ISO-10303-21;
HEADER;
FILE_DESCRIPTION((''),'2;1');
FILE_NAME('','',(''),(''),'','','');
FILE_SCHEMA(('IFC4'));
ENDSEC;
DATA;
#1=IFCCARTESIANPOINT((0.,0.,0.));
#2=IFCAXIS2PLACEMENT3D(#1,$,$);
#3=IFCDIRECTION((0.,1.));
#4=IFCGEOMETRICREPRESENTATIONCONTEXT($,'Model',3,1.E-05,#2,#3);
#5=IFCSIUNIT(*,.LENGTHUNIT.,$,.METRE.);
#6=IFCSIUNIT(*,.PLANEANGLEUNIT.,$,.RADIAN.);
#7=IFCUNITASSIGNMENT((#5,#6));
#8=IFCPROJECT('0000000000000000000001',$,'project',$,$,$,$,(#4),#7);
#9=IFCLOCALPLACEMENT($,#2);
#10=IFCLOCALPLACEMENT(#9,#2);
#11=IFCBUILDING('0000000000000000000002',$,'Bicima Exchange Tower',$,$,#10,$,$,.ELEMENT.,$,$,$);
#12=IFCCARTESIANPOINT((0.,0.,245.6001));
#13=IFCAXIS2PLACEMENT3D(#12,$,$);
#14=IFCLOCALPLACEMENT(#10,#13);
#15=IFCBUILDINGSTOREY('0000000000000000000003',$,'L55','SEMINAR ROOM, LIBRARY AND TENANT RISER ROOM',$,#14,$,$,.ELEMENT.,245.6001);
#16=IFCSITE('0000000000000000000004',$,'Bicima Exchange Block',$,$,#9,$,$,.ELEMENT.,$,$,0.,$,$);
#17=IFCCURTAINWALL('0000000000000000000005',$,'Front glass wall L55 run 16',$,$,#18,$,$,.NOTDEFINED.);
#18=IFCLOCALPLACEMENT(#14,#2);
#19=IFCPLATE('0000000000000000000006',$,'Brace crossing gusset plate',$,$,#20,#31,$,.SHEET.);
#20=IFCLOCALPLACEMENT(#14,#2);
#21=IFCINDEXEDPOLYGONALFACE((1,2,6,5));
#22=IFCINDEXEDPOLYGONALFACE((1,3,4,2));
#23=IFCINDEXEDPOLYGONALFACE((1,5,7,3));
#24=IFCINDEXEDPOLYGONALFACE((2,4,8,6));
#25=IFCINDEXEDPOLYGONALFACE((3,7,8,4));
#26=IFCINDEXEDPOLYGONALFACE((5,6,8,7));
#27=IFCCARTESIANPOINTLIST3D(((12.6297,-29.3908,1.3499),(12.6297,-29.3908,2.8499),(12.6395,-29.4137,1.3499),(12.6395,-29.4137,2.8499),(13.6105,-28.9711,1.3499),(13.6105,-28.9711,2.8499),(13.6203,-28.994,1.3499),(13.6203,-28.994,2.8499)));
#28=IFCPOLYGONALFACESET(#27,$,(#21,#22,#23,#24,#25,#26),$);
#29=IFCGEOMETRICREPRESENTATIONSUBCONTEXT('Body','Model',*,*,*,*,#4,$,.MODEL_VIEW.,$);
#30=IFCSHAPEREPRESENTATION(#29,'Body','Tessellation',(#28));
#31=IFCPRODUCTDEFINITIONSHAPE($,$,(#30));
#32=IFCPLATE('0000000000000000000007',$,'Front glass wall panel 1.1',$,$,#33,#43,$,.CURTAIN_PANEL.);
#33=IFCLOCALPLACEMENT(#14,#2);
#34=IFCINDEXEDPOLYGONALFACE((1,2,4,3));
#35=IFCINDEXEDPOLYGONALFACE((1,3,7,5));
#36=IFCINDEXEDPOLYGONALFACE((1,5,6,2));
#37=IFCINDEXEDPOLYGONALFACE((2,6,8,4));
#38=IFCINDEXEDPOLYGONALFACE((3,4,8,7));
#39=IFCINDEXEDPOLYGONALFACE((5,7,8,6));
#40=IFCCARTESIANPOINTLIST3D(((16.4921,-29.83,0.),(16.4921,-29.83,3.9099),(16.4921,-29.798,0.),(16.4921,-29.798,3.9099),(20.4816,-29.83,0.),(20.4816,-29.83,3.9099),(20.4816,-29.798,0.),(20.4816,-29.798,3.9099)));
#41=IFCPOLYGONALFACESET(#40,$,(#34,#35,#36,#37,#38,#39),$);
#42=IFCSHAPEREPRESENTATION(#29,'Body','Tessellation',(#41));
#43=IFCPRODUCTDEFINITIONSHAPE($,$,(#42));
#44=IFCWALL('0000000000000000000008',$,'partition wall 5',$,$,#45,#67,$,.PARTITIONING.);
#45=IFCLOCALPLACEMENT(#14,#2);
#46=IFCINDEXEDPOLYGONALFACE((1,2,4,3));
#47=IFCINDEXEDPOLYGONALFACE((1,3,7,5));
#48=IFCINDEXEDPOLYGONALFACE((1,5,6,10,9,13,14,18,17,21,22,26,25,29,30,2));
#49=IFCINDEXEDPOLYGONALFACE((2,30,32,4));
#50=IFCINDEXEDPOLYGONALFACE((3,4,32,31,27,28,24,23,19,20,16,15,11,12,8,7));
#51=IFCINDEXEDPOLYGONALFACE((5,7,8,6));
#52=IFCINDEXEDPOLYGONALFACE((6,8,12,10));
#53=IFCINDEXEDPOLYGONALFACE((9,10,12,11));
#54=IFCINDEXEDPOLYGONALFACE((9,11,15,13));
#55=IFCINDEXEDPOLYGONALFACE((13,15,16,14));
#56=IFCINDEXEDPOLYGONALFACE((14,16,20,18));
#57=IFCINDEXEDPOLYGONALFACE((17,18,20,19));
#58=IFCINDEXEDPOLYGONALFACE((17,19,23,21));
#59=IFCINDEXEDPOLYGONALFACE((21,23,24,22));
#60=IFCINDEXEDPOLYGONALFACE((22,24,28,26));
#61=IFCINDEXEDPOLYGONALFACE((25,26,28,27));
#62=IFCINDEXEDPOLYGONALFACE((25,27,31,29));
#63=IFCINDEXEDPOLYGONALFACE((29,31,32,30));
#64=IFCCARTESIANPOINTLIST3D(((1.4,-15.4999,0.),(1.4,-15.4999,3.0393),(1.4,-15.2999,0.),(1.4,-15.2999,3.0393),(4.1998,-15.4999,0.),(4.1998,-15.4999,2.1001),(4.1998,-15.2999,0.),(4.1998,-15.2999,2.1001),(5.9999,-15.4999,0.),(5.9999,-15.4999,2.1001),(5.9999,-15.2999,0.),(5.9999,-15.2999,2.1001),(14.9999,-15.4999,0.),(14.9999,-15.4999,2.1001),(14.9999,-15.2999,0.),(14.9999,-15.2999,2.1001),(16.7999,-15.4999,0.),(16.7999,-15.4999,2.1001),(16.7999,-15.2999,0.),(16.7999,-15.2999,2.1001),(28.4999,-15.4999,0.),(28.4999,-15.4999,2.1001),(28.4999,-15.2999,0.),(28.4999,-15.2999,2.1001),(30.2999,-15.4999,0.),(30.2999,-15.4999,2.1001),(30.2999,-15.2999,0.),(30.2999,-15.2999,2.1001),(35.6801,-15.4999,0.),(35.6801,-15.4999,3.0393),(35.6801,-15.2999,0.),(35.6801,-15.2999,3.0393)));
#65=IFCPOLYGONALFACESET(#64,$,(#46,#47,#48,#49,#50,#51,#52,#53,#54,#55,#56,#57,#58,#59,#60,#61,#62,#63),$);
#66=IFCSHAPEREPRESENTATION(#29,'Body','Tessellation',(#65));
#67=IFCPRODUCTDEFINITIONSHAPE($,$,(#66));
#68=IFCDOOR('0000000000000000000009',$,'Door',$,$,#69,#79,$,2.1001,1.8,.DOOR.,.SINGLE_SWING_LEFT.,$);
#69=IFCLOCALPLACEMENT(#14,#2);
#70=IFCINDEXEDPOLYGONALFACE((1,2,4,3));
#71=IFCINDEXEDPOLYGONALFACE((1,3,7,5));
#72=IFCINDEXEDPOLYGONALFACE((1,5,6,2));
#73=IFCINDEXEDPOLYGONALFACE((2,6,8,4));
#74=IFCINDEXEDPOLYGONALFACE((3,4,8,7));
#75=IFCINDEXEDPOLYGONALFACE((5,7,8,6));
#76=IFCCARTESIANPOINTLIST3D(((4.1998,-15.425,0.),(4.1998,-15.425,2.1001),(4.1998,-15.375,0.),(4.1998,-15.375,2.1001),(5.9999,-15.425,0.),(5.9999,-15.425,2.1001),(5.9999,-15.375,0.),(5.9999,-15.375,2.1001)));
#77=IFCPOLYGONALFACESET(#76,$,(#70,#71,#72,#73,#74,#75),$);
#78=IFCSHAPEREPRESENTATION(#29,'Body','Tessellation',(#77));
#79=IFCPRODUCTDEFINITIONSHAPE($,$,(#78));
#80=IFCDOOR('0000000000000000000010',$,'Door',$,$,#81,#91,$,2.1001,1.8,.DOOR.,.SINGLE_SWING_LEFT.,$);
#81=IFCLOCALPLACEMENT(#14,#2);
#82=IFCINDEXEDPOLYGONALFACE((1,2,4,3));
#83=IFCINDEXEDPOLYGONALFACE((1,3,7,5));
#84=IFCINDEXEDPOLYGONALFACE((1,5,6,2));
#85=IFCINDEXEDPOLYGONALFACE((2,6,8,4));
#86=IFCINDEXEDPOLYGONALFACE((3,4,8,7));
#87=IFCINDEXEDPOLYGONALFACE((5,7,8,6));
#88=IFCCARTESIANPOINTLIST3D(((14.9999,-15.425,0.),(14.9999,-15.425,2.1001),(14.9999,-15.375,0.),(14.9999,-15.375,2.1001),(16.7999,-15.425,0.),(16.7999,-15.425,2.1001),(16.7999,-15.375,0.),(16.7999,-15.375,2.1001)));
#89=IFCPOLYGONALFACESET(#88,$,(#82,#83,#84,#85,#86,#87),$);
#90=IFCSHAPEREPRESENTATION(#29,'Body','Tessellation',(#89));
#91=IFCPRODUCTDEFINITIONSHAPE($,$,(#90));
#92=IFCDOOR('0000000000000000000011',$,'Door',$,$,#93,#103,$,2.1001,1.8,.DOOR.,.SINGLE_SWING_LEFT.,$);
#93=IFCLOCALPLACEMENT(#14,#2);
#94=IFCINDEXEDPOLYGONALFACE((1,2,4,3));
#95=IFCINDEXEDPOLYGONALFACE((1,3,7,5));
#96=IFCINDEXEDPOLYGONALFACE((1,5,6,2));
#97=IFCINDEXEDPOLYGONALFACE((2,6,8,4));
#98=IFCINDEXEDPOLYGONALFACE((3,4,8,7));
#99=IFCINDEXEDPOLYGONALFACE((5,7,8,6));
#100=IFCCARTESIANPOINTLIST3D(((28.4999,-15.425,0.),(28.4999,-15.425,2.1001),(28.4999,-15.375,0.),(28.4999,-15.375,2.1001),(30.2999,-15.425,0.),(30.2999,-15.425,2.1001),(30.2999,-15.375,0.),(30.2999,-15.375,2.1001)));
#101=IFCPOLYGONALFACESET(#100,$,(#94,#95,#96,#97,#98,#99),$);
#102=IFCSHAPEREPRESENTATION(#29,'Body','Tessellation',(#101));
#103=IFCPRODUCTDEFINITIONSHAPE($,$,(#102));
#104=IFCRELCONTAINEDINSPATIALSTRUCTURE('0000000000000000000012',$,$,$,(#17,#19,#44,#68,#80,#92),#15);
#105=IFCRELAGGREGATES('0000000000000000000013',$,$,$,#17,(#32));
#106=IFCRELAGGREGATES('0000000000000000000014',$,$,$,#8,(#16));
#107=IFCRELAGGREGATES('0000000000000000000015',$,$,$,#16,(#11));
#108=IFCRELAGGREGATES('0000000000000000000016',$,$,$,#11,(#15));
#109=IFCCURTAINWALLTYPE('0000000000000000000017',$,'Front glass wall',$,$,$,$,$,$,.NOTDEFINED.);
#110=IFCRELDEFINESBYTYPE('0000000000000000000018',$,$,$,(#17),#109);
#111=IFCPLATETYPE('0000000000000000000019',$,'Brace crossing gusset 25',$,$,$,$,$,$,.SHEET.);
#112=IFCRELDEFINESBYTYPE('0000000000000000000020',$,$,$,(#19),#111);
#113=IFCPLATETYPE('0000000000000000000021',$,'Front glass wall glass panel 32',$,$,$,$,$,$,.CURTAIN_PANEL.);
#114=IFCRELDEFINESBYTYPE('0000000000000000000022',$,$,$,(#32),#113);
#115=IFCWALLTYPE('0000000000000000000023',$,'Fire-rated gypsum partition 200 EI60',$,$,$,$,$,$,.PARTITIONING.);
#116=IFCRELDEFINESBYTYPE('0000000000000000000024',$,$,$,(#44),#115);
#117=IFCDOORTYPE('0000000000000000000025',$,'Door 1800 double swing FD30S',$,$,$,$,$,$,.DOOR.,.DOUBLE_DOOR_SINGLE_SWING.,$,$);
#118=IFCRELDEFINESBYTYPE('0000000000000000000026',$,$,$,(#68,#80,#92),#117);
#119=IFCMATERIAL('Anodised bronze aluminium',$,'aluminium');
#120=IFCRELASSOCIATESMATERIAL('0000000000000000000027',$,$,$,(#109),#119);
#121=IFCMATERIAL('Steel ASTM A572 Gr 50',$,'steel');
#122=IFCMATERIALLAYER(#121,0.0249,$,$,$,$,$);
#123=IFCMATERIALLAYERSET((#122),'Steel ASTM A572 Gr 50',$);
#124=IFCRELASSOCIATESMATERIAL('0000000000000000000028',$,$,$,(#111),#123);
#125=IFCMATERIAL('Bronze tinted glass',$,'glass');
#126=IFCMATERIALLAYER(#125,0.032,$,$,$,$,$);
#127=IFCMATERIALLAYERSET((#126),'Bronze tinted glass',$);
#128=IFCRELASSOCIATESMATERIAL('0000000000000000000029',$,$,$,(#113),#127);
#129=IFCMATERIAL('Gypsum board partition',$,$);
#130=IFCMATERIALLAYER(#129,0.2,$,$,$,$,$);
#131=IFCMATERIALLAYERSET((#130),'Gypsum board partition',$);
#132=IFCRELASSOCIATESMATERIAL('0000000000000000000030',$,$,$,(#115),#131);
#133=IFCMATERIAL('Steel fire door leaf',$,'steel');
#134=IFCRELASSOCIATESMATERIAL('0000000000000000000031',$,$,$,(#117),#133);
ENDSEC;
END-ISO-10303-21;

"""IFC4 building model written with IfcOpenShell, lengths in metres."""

from ifc_helpers import new_model, si_unit, direction, frame, frame_2d, origin, origin_2d, place, context, subcontext, project, spatial, rectangle, extrude, material, layer, layer_set, type_object, element, fill, aggregate, save


model = new_model("IFC4")

# Units and contexts
model_context = context("Model", 3, precision=1e-05, world=origin(), true_north=direction((0.0, 1.0)))
body_context = subcontext(model_context, "Body", "Model", "MODEL_VIEW")
ifc_project = project(units=[si_unit("LENGTHUNIT", "METRE"), si_unit("PLANEANGLEUNIT", "RADIAN")], contexts=[model_context])

# Site, building, storey
site_placement = place(None, origin())
site = spatial("IfcSite", under=ifc_project, at=site_placement, Name="Bicima Exchange Block", CompositionType="ELEMENT", RefElevation=0.0)
building_placement = place(site_placement, origin())
building = spatial("IfcBuilding", under=site, at=building_placement, Name="Bicima Exchange Tower", CompositionType="ELEMENT")
storey_placement = place(building_placement, frame((0.0, 0.0, 245.6001)))
storey = spatial("IfcBuildingStorey", under=building, at=storey_placement, Name="L55", Description="SEMINAR ROOM, LIBRARY AND TENANT RISER ROOM", CompositionType="ELEMENT", Elevation=245.6001)

# Shared definitions
ifc_material_1 = material(Name="Anodised bronze aluminium", Category="aluminium")
curtain_wall_type = type_object("IfcCurtainWallType", Name="Front glass wall", PredefinedType="NOTDEFINED", material=ifc_material_1)

# Curtain wall
curtain_wall_1_placement = place(storey_placement, origin())
curtain_wall_1 = element("IfcCurtainWall", 1, at=curtain_wall_1_placement, inside=storey, type_object=curtain_wall_type, Name="Front glass wall L55 run 16", PredefinedType="NOTDEFINED")

# Shared definitions
ifc_material_2 = material(Name="Steel ASTM A572 Gr 50", Category="steel")

# Plates
ifc_layer_1 = layer(ifc_material_2, 0.0249)
ifc_layer_set_1 = layer_set([ifc_layer_1], Name="Steel ASTM A572 Gr 50")
plate_type_1 = type_object("IfcPlateType", Name="Brace crossing gusset 25", PredefinedType="SHEET", material=ifc_layer_set_1)
plate_1_placement = place(storey_placement, frame((13.125, -29.1924, 1.3499), z_axis=(0.0, 0.0, 1.0), x_axis=(0.919355, 0.393429, 0.0)))
element("IfcPlate", 2, at=plate_1_placement, inside=storey, type_object=plate_type_1, Name="Brace crossing gusset plate", PredefinedType="SHEET", context=body_context, shape_type="SweptSolid", body=[
    extrude(rectangle(XDim=1.0669, YDim=0.0249, at=origin_2d()), origin(), (0.0, 0.0, 1.0), 1.5),
])
ifc_material_3 = material(Name="Bronze tinted glass", Category="glass")
ifc_layer_2 = layer(ifc_material_3, 0.032)
ifc_layer_set_2 = layer_set([ifc_layer_2], Name="Bronze tinted glass")
plate_type_2 = type_object("IfcPlateType", Name="Front glass wall glass panel 32", PredefinedType="CURTAIN_PANEL", material=ifc_layer_set_2)
plate_2_placement = place(storey_placement, frame((18.4868, -29.814, 0.0), z_axis=(0.0, 0.0, 1.0), x_axis=(1.0, 0.0, 0.0)))
plate_2 = element("IfcPlate", 3, at=plate_2_placement, type_object=plate_type_2, Name="Front glass wall panel 1.1", PredefinedType="CURTAIN_PANEL", context=body_context, shape_type="SweptSolid", body=[
    extrude(rectangle(XDim=3.9895, YDim=0.032, at=origin_2d()), origin(), (0.0, 0.0, 1.0), 3.9099),
])
aggregate(curtain_wall_1, [plate_2])

# Wall, openings, doors
ifc_material_4 = material(Name="Gypsum board partition")
ifc_layer_3 = layer(ifc_material_4, 0.2)
ifc_layer_set_3 = layer_set([ifc_layer_3], Name="Gypsum board partition")
wall_type = type_object("IfcWallType", Name="Fire-rated gypsum partition 200 EI60", PredefinedType="PARTITIONING", material=ifc_layer_set_3)
wall_placement = place(storey_placement, frame((1.3999, -15.3999, 0.0), z_axis=(0.0, 0.0, 1.0), x_axis=(1.0, 0.0, 0.0)))
wall = element("IfcWall", 4, at=wall_placement, inside=storey, type_object=wall_type, Name="partition wall 5", PredefinedType="PARTITIONING", context=body_context, shape_type="SweptSolid", body=[
    extrude(rectangle(XDim=34.28, YDim=0.2, at=frame_2d((17.1401, 0.0))), origin(), (0.0, 0.0, 1.0), 3.0393),
])
opening_1_placement = place(wall_placement, frame((2.8, 0.0, 0.0)))
opening_1 = element("IfcOpeningElement", 5, at=opening_1_placement, cuts=wall, PredefinedType="OPENING", context=body_context, shape_type="SweptSolid", body=[
    extrude(rectangle(XDim=1.8, YDim=2.1001, at=frame_2d((0.8999, 1.05))), frame((0.0, 0.1118, 0.0), z_axis=(0.0, -1.0, 0.0), x_axis=(1.0, 0.0, 0.0)), (0.0, 0.0, 1.0), 0.2239),
])
opening_2_placement = place(wall_placement, frame((13.6001, 0.0, 0.0)))
opening_2 = element("IfcOpeningElement", 6, at=opening_2_placement, cuts=wall, PredefinedType="OPENING", context=body_context, shape_type="SweptSolid", body=[
    extrude(rectangle(XDim=1.8, YDim=2.1001, at=frame_2d((0.8999, 1.05))), frame((0.0, 0.1118, 0.0), z_axis=(0.0, -1.0, 0.0), x_axis=(1.0, 0.0, 0.0)), (0.0, 0.0, 1.0), 0.2239),
])
opening_3_placement = place(wall_placement, frame((27.1001, 0.0, 0.0)))
opening_3 = element("IfcOpeningElement", 7, at=opening_3_placement, cuts=wall, PredefinedType="OPENING", context=body_context, shape_type="SweptSolid", body=[
    extrude(rectangle(XDim=1.8, YDim=2.1001, at=frame_2d((0.8999, 1.05))), frame((0.0, 0.1118, 0.0), z_axis=(0.0, -1.0, 0.0), x_axis=(1.0, 0.0, 0.0)), (0.0, 0.0, 1.0), 0.2239),
])
ifc_material_5 = material(Name="Steel fire door leaf", Category="steel")
door_type = type_object("IfcDoorType", Name="Door 1800 double swing FD30S", OperationType="DOUBLE_DOOR_SINGLE_SWING", PredefinedType="DOOR", material=ifc_material_5)
door_1_placement = place(opening_1_placement, origin())
door_1 = element("IfcDoor", 8, at=door_1_placement, inside=storey, type_object=door_type, Name="Door", OperationType="SINGLE_SWING_LEFT", OverallHeight=2.1001, OverallWidth=1.8, PredefinedType="DOOR", context=body_context, shape_type="SweptSolid", body=[
    extrude(rectangle(XDim=1.8, YDim=2.1001, at=frame_2d((0.8999, 1.05))), frame((0.0, 0.0249, 0.0), z_axis=(0.0, -1.0, 0.0), x_axis=(1.0, 0.0, 0.0)), (0.0, 0.0, 1.0), 0.05),
])
fill(opening_1, door_1)
door_2_placement = place(opening_2_placement, origin())
door_2 = element("IfcDoor", 9, at=door_2_placement, inside=storey, type_object=door_type, Name="Door", OperationType="SINGLE_SWING_LEFT", OverallHeight=2.1001, OverallWidth=1.8, PredefinedType="DOOR", context=body_context, shape_type="SweptSolid", body=[
    extrude(rectangle(XDim=1.8, YDim=2.1001, at=frame_2d((0.8999, 1.05))), frame((0.0, 0.0249, 0.0), z_axis=(0.0, -1.0, 0.0), x_axis=(1.0, 0.0, 0.0)), (0.0, 0.0, 1.0), 0.05),
])
fill(opening_2, door_2)
door_3_placement = place(opening_3_placement, origin())
door_3 = element("IfcDoor", 10, at=door_3_placement, inside=storey, type_object=door_type, Name="Door", OperationType="SINGLE_SWING_LEFT", OverallHeight=2.1001, OverallWidth=1.8, PredefinedType="DOOR", context=body_context, shape_type="SweptSolid", body=[
    extrude(rectangle(XDim=1.8, YDim=2.1001, at=frame_2d((0.8999, 1.05))), frame((0.0, 0.0249, 0.0), z_axis=(0.0, -1.0, 0.0), x_axis=(1.0, 0.0, 0.0)), (0.0, 0.0, 1.0), 0.05),
])
fill(opening_3, door_3)

save(model, "model.ifc")
